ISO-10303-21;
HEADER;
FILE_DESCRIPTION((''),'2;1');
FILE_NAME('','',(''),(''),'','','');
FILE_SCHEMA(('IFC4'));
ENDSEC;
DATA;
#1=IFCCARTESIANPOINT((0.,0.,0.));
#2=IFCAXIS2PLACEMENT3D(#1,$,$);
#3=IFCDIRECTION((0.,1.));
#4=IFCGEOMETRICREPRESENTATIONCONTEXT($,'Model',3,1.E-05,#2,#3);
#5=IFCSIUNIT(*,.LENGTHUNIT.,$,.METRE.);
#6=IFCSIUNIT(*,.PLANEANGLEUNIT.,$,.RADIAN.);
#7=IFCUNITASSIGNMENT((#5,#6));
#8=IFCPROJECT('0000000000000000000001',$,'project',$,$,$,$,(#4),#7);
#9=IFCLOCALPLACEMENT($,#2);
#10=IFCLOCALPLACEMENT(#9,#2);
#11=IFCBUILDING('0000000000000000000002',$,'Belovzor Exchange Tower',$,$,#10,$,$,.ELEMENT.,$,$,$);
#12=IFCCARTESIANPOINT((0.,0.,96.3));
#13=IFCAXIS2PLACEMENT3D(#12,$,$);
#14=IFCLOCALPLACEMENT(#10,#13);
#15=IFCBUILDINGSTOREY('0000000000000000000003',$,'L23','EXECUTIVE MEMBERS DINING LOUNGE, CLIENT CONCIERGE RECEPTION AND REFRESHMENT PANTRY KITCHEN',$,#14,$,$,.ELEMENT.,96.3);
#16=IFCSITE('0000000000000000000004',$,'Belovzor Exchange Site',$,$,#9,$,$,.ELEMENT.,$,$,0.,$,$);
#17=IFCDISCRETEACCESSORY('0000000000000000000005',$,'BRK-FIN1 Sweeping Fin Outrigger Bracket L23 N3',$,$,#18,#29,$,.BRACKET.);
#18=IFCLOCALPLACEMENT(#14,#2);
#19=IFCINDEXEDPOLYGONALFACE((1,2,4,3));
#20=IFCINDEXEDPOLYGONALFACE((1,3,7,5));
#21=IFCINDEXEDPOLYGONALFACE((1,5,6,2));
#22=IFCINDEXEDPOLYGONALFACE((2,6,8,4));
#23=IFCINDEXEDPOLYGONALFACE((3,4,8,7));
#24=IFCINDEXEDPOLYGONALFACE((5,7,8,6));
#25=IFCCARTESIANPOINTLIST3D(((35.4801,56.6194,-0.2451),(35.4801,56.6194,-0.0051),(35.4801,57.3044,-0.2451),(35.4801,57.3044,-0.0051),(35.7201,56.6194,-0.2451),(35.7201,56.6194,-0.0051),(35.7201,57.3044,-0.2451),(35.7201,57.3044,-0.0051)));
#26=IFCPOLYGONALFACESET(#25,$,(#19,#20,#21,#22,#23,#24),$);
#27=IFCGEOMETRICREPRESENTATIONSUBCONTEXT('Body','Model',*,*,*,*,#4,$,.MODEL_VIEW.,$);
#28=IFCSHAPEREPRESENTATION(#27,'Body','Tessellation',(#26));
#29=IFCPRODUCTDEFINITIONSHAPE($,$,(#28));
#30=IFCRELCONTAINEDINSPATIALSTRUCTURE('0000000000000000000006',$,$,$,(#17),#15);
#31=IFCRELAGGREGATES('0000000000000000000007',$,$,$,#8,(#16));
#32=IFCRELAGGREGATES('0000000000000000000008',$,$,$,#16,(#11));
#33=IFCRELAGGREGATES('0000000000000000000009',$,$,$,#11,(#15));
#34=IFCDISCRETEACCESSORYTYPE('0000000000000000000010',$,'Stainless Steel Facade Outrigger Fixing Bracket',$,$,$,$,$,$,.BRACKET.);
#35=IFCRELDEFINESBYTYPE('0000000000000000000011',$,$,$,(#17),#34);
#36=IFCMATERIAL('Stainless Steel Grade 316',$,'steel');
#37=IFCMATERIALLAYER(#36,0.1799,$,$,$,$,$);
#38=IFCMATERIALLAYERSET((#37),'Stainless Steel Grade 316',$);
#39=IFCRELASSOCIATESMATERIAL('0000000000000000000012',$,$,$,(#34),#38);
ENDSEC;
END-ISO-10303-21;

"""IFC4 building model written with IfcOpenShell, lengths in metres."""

from ifc_helpers import new_model, si_unit, direction, frame, origin, origin_2d, place, context, subcontext, project, spatial, rectangle, extrude, material, layer, layer_set, type_object, element, save


model = new_model("IFC4")

# Units and contexts
model_context = context("Model", 3, precision=1e-05, world=origin(), true_north=direction((0.0, 1.0)))
body_context = subcontext(model_context, "Body", "Model", "MODEL_VIEW")
ifc_project = project(units=[si_unit("LENGTHUNIT", "METRE"), si_unit("PLANEANGLEUNIT", "RADIAN")], contexts=[model_context])

# Site, building, storey
site_placement = place(None, origin())
site = spatial("IfcSite", under=ifc_project, at=site_placement, Name="Belovzor Exchange Site", CompositionType="ELEMENT", RefElevation=0.0)
building_placement = place(site_placement, origin())
building = spatial("IfcBuilding", under=site, at=building_placement, Name="Belovzor Exchange Tower", CompositionType="ELEMENT")
storey_placement = place(building_placement, frame((0.0, 0.0, 96.3)))
storey = spatial("IfcBuildingStorey", under=building, at=storey_placement, Name="L23", Description="EXECUTIVE MEMBERS DINING LOUNGE, CLIENT CONCIERGE RECEPTION AND REFRESHMENT PANTRY KITCHEN", CompositionType="ELEMENT", Elevation=96.3)

# Discrete accessory
ifc_material_1 = material(Name="Stainless Steel Grade 316", Category="steel")
ifc_layer_1 = layer(ifc_material_1, 0.1799)
ifc_layer_set_1 = layer_set([ifc_layer_1], Name="Stainless Steel Grade 316")
discrete_accessory_type = type_object("IfcDiscreteAccessoryType", Name="Stainless Steel Facade Outrigger Fixing Bracket", PredefinedType="BRACKET", material=ifc_layer_set_1)
discrete_accessory_placement = place(storey_placement, frame((35.6001, 56.9619, -0.2451), z_axis=(0.0, 0.0, 1.0), x_axis=(0.0, 1.0, 0.0)))
element("IfcDiscreteAccessory", 1, at=discrete_accessory_placement, inside=storey, type_object=discrete_accessory_type, Name="BRK-FIN1 Sweeping Fin Outrigger Bracket L23 N3", PredefinedType="BRACKET", context=body_context, shape_type="SweptSolid", body=[
    extrude(rectangle(XDim=0.6851, YDim=0.24, at=origin_2d()), origin(), (0.0, 0.0, 1.0), 0.24),
])

save(model, "model.ifc")
